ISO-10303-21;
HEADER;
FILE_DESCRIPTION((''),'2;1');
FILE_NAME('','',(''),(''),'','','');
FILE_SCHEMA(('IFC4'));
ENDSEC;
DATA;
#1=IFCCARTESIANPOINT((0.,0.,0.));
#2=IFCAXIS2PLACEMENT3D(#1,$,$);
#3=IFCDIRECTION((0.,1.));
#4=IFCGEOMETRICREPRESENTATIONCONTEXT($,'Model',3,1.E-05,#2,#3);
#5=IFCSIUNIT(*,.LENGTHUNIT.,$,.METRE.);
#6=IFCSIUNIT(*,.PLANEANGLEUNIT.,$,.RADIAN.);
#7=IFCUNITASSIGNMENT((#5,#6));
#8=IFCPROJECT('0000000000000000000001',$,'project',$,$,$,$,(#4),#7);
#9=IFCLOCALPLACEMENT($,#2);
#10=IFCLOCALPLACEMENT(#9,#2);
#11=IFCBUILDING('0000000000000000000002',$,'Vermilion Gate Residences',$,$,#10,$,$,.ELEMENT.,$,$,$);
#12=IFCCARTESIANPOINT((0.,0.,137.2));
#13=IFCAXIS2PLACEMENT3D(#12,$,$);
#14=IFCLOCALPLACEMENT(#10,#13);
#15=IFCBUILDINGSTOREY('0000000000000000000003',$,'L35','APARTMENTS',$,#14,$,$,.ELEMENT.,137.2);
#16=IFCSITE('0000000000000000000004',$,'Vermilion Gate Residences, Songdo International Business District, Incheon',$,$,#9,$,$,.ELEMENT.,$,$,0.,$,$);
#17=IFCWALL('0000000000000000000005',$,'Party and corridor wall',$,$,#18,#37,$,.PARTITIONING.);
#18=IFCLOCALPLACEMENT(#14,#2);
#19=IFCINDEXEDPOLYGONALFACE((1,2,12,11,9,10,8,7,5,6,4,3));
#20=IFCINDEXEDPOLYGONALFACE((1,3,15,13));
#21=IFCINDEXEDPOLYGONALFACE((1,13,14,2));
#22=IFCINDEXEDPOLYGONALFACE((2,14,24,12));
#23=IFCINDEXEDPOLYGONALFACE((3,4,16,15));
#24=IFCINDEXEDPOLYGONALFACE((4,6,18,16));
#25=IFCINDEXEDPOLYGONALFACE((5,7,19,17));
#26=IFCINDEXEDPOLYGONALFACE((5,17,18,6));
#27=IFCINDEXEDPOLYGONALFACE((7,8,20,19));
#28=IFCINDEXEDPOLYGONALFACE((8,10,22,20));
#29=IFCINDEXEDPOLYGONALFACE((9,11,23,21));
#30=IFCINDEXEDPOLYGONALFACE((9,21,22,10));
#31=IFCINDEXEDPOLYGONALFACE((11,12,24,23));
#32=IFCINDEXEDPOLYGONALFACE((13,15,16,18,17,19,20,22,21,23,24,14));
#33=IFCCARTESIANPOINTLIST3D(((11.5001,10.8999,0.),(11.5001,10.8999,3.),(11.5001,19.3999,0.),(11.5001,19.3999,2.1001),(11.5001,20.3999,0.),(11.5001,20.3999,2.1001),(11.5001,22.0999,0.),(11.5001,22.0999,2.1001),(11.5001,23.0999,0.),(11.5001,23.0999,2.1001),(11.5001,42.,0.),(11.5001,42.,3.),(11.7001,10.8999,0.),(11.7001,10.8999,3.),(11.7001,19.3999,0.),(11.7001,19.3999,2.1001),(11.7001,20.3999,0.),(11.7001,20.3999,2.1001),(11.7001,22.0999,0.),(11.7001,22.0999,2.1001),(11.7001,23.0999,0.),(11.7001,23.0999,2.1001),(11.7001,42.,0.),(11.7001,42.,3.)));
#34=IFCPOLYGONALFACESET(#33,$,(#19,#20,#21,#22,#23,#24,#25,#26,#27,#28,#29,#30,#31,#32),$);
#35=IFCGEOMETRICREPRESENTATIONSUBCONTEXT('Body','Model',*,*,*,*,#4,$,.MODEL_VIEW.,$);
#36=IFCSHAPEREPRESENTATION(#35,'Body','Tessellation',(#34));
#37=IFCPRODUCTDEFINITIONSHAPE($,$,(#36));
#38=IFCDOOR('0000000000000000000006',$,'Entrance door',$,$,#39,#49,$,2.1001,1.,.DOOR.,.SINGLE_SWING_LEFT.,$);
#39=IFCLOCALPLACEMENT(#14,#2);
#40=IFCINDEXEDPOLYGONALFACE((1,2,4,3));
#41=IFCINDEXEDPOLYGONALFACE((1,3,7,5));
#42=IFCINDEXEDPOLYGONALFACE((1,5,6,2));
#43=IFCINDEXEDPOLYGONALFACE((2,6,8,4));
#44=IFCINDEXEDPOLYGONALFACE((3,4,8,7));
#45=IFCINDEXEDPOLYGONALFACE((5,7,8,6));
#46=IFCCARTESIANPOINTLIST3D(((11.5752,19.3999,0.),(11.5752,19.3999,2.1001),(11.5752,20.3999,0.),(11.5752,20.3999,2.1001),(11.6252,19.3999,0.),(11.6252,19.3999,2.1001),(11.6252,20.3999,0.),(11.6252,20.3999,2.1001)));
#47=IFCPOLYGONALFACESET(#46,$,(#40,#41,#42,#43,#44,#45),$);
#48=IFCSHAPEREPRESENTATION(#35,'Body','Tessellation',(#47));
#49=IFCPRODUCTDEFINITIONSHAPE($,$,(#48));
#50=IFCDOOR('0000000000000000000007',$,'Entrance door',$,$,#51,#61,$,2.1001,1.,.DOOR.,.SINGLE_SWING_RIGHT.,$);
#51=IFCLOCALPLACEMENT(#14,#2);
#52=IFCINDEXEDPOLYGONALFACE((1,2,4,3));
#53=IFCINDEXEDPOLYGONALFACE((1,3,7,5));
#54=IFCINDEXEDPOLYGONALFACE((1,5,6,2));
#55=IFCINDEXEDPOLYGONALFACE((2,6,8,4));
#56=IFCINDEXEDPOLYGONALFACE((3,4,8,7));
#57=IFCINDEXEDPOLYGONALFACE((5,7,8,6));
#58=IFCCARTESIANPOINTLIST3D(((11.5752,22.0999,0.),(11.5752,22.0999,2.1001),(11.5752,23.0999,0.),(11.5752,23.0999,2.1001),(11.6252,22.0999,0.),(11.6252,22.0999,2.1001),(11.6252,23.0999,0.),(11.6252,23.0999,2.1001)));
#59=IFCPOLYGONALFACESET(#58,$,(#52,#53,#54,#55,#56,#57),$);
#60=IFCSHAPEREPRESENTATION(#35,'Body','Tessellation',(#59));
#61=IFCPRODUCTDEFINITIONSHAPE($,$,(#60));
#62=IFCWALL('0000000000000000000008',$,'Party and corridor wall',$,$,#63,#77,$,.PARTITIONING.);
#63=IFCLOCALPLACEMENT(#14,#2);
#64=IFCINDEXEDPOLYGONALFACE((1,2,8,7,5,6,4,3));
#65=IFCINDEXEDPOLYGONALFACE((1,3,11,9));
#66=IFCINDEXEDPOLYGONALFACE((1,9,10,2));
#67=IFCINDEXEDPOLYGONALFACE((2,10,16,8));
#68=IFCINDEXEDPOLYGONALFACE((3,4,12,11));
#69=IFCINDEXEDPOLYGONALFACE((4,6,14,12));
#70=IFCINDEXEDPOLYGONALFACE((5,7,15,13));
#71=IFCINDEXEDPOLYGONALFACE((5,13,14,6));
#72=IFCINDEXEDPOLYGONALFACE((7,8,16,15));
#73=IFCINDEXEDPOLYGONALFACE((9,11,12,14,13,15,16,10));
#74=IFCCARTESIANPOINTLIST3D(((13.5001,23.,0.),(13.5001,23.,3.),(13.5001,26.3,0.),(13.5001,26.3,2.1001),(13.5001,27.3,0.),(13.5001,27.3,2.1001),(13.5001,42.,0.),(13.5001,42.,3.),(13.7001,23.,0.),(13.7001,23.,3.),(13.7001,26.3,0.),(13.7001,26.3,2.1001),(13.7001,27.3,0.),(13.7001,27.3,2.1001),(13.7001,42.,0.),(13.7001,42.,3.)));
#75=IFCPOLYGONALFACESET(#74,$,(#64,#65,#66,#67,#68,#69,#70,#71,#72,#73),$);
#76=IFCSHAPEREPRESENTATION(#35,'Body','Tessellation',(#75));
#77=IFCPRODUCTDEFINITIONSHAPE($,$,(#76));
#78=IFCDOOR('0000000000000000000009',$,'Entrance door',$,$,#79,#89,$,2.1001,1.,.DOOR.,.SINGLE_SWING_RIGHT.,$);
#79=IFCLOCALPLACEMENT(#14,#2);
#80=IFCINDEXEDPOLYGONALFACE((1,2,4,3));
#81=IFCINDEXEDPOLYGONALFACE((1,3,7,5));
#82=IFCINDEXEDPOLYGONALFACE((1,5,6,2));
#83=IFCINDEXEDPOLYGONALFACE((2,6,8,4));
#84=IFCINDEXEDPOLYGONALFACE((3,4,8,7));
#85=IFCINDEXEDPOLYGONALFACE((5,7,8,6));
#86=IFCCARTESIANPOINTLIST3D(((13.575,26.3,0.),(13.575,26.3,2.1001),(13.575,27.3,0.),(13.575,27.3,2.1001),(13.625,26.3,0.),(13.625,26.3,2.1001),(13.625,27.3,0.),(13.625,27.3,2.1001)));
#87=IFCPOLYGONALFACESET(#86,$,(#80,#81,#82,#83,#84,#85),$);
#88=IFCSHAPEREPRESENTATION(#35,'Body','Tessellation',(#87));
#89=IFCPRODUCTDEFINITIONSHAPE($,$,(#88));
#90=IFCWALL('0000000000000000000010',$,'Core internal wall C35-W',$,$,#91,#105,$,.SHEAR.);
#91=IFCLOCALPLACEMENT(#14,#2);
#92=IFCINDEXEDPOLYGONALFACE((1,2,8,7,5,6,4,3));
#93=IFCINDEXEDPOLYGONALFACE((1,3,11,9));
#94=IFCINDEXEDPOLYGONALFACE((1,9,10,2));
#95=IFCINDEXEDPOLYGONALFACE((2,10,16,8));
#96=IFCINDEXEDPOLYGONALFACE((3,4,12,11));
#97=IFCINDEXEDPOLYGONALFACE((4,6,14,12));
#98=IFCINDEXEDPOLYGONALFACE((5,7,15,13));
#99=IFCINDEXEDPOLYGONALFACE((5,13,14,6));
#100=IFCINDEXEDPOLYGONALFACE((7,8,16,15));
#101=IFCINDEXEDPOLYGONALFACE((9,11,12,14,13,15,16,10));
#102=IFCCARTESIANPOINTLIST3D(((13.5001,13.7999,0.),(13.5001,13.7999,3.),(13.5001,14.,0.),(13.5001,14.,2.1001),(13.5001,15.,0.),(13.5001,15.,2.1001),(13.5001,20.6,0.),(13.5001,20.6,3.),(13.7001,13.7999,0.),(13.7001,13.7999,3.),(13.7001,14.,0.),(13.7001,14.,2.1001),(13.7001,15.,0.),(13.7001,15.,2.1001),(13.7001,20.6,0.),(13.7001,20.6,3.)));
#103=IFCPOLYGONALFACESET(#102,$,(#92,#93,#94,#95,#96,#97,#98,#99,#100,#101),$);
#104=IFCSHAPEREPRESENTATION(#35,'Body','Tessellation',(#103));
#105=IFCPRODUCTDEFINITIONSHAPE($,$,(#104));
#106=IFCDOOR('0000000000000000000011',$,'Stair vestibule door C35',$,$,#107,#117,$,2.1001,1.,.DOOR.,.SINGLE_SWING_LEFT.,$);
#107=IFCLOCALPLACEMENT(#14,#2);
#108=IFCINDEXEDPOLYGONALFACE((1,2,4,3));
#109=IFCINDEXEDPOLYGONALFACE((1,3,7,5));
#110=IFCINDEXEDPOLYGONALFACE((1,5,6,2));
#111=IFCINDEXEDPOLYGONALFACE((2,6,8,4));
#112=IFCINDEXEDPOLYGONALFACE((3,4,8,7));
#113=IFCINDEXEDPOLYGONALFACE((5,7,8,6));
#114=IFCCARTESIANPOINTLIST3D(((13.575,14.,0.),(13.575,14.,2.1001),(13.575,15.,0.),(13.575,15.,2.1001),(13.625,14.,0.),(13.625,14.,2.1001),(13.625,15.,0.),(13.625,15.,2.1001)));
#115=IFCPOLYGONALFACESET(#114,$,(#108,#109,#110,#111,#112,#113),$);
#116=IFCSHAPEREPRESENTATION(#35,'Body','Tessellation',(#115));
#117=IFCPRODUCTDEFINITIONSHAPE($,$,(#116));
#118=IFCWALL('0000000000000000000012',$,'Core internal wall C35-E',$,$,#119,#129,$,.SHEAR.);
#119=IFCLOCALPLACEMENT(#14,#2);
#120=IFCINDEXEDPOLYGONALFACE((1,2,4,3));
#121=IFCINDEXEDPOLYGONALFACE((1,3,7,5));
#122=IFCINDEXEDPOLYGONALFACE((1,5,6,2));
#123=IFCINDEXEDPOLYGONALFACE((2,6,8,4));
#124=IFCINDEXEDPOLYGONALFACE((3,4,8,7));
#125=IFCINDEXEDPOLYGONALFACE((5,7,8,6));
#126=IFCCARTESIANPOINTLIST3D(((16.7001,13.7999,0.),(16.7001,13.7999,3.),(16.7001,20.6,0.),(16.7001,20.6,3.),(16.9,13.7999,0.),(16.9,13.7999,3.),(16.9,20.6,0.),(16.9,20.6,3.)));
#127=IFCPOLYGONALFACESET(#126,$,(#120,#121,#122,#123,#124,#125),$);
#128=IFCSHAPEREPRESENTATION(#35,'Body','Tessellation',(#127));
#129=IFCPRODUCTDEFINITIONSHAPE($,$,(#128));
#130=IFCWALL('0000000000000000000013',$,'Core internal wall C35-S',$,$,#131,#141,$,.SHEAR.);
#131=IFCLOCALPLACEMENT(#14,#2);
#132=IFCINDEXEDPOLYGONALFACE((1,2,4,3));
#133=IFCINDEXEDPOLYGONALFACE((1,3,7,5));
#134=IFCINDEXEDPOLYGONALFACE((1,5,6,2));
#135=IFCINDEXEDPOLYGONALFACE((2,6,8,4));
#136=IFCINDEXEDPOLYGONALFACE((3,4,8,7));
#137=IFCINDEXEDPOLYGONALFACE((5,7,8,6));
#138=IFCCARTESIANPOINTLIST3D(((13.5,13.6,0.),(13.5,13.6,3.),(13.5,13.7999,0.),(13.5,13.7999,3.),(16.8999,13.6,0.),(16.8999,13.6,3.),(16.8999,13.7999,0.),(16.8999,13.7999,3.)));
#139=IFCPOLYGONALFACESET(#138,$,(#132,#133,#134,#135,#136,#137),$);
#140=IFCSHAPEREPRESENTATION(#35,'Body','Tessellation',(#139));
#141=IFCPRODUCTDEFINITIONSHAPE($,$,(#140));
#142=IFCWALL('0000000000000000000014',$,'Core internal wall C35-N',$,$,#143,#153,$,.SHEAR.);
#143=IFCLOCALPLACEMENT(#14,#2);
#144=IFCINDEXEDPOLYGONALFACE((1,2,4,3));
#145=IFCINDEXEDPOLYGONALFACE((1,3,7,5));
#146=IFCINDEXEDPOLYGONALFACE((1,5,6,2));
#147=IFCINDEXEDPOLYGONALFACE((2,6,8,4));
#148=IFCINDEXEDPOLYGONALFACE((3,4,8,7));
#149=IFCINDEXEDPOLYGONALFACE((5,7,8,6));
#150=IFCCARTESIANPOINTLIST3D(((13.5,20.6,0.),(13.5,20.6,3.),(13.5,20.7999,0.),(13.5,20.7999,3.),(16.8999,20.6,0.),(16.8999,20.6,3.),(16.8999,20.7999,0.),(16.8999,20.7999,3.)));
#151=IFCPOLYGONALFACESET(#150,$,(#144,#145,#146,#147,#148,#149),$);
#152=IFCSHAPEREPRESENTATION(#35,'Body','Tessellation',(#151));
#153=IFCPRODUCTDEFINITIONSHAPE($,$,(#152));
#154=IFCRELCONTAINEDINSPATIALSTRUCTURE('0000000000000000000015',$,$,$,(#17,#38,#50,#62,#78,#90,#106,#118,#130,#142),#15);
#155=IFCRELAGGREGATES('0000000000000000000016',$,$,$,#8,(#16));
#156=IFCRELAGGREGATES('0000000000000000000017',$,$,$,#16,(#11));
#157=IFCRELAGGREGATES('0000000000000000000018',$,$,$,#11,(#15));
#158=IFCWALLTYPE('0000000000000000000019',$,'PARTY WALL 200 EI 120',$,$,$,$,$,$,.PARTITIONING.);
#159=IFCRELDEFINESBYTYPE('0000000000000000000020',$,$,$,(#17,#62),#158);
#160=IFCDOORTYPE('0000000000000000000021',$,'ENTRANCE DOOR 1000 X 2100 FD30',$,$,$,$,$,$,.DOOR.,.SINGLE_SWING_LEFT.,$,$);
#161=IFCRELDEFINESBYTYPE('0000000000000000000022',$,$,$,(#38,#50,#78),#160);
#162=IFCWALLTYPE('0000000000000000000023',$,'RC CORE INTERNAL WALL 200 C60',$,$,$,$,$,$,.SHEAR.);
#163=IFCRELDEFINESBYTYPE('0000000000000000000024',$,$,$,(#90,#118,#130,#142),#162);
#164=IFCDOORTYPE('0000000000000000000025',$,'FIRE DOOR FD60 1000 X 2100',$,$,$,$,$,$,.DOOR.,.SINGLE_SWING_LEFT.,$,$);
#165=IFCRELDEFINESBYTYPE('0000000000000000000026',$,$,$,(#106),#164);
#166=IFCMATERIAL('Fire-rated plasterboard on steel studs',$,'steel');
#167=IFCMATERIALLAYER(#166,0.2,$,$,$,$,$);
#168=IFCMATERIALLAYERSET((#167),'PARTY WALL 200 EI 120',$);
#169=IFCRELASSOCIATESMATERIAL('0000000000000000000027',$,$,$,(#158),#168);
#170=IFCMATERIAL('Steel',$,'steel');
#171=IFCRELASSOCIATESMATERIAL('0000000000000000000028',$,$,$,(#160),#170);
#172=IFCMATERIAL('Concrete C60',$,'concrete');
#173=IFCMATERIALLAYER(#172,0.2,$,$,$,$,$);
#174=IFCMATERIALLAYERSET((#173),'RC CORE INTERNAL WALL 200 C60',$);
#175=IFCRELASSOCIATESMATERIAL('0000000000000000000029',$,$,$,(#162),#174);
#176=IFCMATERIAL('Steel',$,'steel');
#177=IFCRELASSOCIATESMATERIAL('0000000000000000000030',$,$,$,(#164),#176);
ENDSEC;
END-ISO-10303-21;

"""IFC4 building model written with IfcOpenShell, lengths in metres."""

from ifc_helpers import new_model, si_unit, direction, frame, frame_2d, origin, place, context, subcontext, project, spatial, rectangle, extrude, material, layer, layer_set, type_object, element, fill, save


model = new_model("IFC4")

# Units and contexts
model_context = context("Model", 3, precision=1e-05, world=origin(), true_north=direction((0.0, 1.0)))
body_context = subcontext(model_context, "Body", "Model", "MODEL_VIEW")
ifc_project = project(units=[si_unit("LENGTHUNIT", "METRE"), si_unit("PLANEANGLEUNIT", "RADIAN")], contexts=[model_context])

# Site, building, storey
site_placement = place(None, origin())
site = spatial("IfcSite", under=ifc_project, at=site_placement, Name="Vermilion Gate Residences, Songdo International Business District, Incheon", CompositionType="ELEMENT", RefElevation=0.0)
building_placement = place(site_placement, origin())
building = spatial("IfcBuilding", under=site, at=building_placement, Name="Vermilion Gate Residences", CompositionType="ELEMENT")
storey_placement = place(building_placement, frame((0.0, 0.0, 137.2)))
storey = spatial("IfcBuildingStorey", under=building, at=storey_placement, Name="L35", Description="APARTMENTS", CompositionType="ELEMENT", Elevation=137.2)

# Shared definitions
ifc_material_1 = material(Name="Fire-rated plasterboard on steel studs", Category="steel")
ifc_layer_1 = layer(ifc_material_1, 0.2)
ifc_layer_set_1 = layer_set([ifc_layer_1], Name="PARTY WALL 200 EI 120")
wall_type_1 = type_object("IfcWallType", Name="PARTY WALL 200 EI 120", PredefinedType="PARTITIONING", material=ifc_layer_set_1)
ifc_material_2 = material(Name="Steel", Category="steel")
door_type_1 = type_object("IfcDoorType", Name="ENTRANCE DOOR 1000 X 2100 FD30", OperationType="SINGLE_SWING_LEFT", PredefinedType="DOOR", material=ifc_material_2)

# Wall, openings, doors
wall_1_placement = place(storey_placement, frame((11.6001, 10.8999, 0.0), z_axis=(0.0, 0.0, 1.0), x_axis=(0.0, 1.0, 0.0)))
wall_1 = element("IfcWall", 1, at=wall_1_placement, inside=storey, type_object=wall_type_1, Name="Party and corridor wall", PredefinedType="PARTITIONING", context=body_context, shape_type="SweptSolid", body=[
    extrude(rectangle(XDim=31.1001, YDim=0.2, at=frame_2d((15.55, 0.0))), origin(), (0.0, 0.0, 1.0), 3.0),
])
opening_1_placement = place(wall_1_placement, frame((8.5, 0.0, 0.0)))
opening_1 = element("IfcOpeningElement", 2, at=opening_1_placement, cuts=wall_1, PredefinedType="OPENING", context=body_context, shape_type="SweptSolid", body=[
    extrude(rectangle(XDim=1.0, YDim=2.1001, at=frame_2d((0.5, 1.05))), frame((0.0, 0.1099, 0.0), z_axis=(0.0, -1.0, 0.0), x_axis=(1.0, 0.0, 0.0)), (0.0, 0.0, 1.0), 0.22),
])
opening_2_placement = place(wall_1_placement, frame((11.2, 0.0, 0.0)))
opening_2 = element("IfcOpeningElement", 3, at=opening_2_placement, cuts=wall_1, PredefinedType="OPENING", context=body_context, shape_type="SweptSolid", body=[
    extrude(rectangle(XDim=1.0, YDim=2.1001, at=frame_2d((0.5, 1.05))), frame((0.0, 0.1099, 0.0), z_axis=(0.0, -1.0, 0.0), x_axis=(1.0, 0.0, 0.0)), (0.0, 0.0, 1.0), 0.22),
])
door_1_placement = place(opening_1_placement, origin())
door_1 = element("IfcDoor", 4, at=door_1_placement, inside=storey, type_object=door_type_1, Name="Entrance door", OperationType="SINGLE_SWING_LEFT", OverallHeight=2.1001, OverallWidth=1.0, PredefinedType="DOOR", context=body_context, shape_type="SweptSolid", body=[
    extrude(rectangle(XDim=1.0, YDim=2.1001, at=frame_2d((0.5, 1.05))), frame((0.0, 0.0249, 0.0), z_axis=(0.0, -1.0, 0.0), x_axis=(1.0, 0.0, 0.0)), (0.0, 0.0, 1.0), 0.05),
])
fill(opening_1, door_1)
door_2_placement = place(opening_2_placement, origin())
door_2 = element("IfcDoor", 5, at=door_2_placement, inside=storey, type_object=door_type_1, Name="Entrance door", OperationType="SINGLE_SWING_RIGHT", OverallHeight=2.1001, OverallWidth=1.0, PredefinedType="DOOR", context=body_context, shape_type="SweptSolid", body=[
    extrude(rectangle(XDim=1.0, YDim=2.1001, at=frame_2d((0.5, 1.05))), frame((0.0, 0.0249, 0.0), z_axis=(0.0, -1.0, 0.0), x_axis=(1.0, 0.0, 0.0)), (0.0, 0.0, 1.0), 0.05),
])
fill(opening_2, door_2)

# Walls, openings, doors
wall_2_placement = place(storey_placement, frame((13.6001, 23.0, 0.0), z_axis=(0.0, 0.0, 1.0), x_axis=(0.0, 1.0, 0.0)))
wall_2 = element("IfcWall", 6, at=wall_2_placement, inside=storey, type_object=wall_type_1, Name="Party and corridor wall", PredefinedType="PARTITIONING", context=body_context, shape_type="SweptSolid", body=[
    extrude(rectangle(XDim=19.0, YDim=0.2, at=frame_2d((9.5, 0.0))), origin(), (0.0, 0.0, 1.0), 3.0),
])
opening_3_placement = place(wall_2_placement, frame((3.3, 0.0, 0.0)))
opening_3 = element("IfcOpeningElement", 7, at=opening_3_placement, cuts=wall_2, PredefinedType="OPENING", context=body_context, shape_type="SweptSolid", body=[
    extrude(rectangle(XDim=1.0, YDim=2.1001, at=frame_2d((0.5, 1.05))), frame((0.0, 0.1099, 0.0), z_axis=(0.0, -1.0, 0.0), x_axis=(1.0, 0.0, 0.0)), (0.0, 0.0, 1.0), 0.22),
])
door_3_placement = place(opening_3_placement, frame((1.0, 0.0, 0.0), z_axis=(0.0, 0.0, 1.0), x_axis=(-1.0, 0.0, 0.0)))
door_3 = element("IfcDoor", 8, at=door_3_placement, inside=storey, type_object=door_type_1, Name="Entrance door", OperationType="SINGLE_SWING_RIGHT", OverallHeight=2.1001, OverallWidth=1.0, PredefinedType="DOOR", context=body_context, shape_type="SweptSolid", body=[
    extrude(rectangle(XDim=1.0, YDim=2.1001, at=frame_2d((0.5, 1.05))), frame((0.0, 0.0249, 0.0), z_axis=(0.0, -1.0, 0.0), x_axis=(1.0, 0.0, 0.0)), (0.0, 0.0, 1.0), 0.05),
])
fill(opening_3, door_3)
ifc_material_3 = material(Name="Concrete C60", Category="concrete")
ifc_layer_2 = layer(ifc_material_3, 0.2)
ifc_layer_set_2 = layer_set([ifc_layer_2], Name="RC CORE INTERNAL WALL 200 C60")
wall_type_2 = type_object("IfcWallType", Name="RC CORE INTERNAL WALL 200 C60", PredefinedType="SHEAR", material=ifc_layer_set_2)
wall_3_placement = place(storey_placement, frame((13.6001, 13.8, 0.0), z_axis=(0.0, 0.0, 1.0), x_axis=(0.0, 1.0, 0.0)))
wall_3 = element("IfcWall", 9, at=wall_3_placement, inside=storey, type_object=wall_type_2, Name="Core internal wall C35-W", PredefinedType="SHEAR", context=body_context, shape_type="SweptSolid", body=[
    extrude(rectangle(XDim=6.8, YDim=0.2, at=frame_2d((3.3999, 0.0))), origin(), (0.0, 0.0, 1.0), 3.0),
])
opening_4_placement = place(wall_3_placement, frame((0.2, 0.0, 0.0)))
opening_4 = element("IfcOpeningElement", 10, at=opening_4_placement, cuts=wall_3, PredefinedType="OPENING", context=body_context, shape_type="SweptSolid", body=[
    extrude(rectangle(XDim=1.0, YDim=2.1001, at=frame_2d((0.5, 1.05))), frame((0.0, 0.1099, 0.0), z_axis=(0.0, -1.0, 0.0), x_axis=(1.0, 0.0, 0.0)), (0.0, 0.0, 1.0), 0.22),
])
ifc_material_4 = material(Name="Steel", Category="steel")
door_type_2 = type_object("IfcDoorType", Name="FIRE DOOR FD60 1000 X 2100", OperationType="SINGLE_SWING_LEFT", PredefinedType="DOOR", material=ifc_material_4)
door_4_placement = place(opening_4_placement, frame((1.0, 0.0, 0.0), z_axis=(0.0, 0.0, 1.0), x_axis=(-1.0, 0.0, 0.0)))
door_4 = element("IfcDoor", 11, at=door_4_placement, inside=storey, type_object=door_type_2, Name="Stair vestibule door C35", OperationType="SINGLE_SWING_LEFT", OverallHeight=2.1001, OverallWidth=1.0, PredefinedType="DOOR", context=body_context, shape_type="SweptSolid", body=[
    extrude(rectangle(XDim=1.0, YDim=2.1001, at=frame_2d((0.5, 1.05))), frame((0.0, 0.0249, 0.0), z_axis=(0.0, -1.0, 0.0), x_axis=(1.0, 0.0, 0.0)), (0.0, 0.0, 1.0), 0.05),
])
fill(opening_4, door_4)

# Walls
wall_4_placement = place(storey_placement, frame((16.8, 13.8, 0.0), z_axis=(0.0, 0.0, 1.0), x_axis=(0.0, 1.0, 0.0)))
element("IfcWall", 12, at=wall_4_placement, inside=storey, type_object=wall_type_2, Name="Core internal wall C35-E", PredefinedType="SHEAR", context=body_context, shape_type="SweptSolid", body=[
    extrude(rectangle(XDim=6.8, YDim=0.2, at=frame_2d((3.3999, 0.0))), origin(), (0.0, 0.0, 1.0), 3.0),
])
for number, where, z_axis, x_axis, name in (
    (13, (13.5, 13.7, 0.0), (0.0, 0.0, 1.0), (1.0, 0.0, 0.0), "Core internal wall C35-S"),
    (14, (13.5, 20.7, 0.0), (0.0, 0.0, 1.0), (1.0, 0.0, 0.0), "Core internal wall C35-N"),
):
    element("IfcWall", number, at=place(storey_placement, frame(where, z_axis=z_axis, x_axis=x_axis)), inside=storey, type_object=wall_type_2, Name=name, PredefinedType="SHEAR", context=body_context, shape_type="SweptSolid", body=[
        extrude(rectangle(XDim=3.3999, YDim=0.2, at=frame_2d((1.7, 0.0))), origin(), (0.0, 0.0, 1.0), 3.0),
    ])

save(model, "model.ifc")
